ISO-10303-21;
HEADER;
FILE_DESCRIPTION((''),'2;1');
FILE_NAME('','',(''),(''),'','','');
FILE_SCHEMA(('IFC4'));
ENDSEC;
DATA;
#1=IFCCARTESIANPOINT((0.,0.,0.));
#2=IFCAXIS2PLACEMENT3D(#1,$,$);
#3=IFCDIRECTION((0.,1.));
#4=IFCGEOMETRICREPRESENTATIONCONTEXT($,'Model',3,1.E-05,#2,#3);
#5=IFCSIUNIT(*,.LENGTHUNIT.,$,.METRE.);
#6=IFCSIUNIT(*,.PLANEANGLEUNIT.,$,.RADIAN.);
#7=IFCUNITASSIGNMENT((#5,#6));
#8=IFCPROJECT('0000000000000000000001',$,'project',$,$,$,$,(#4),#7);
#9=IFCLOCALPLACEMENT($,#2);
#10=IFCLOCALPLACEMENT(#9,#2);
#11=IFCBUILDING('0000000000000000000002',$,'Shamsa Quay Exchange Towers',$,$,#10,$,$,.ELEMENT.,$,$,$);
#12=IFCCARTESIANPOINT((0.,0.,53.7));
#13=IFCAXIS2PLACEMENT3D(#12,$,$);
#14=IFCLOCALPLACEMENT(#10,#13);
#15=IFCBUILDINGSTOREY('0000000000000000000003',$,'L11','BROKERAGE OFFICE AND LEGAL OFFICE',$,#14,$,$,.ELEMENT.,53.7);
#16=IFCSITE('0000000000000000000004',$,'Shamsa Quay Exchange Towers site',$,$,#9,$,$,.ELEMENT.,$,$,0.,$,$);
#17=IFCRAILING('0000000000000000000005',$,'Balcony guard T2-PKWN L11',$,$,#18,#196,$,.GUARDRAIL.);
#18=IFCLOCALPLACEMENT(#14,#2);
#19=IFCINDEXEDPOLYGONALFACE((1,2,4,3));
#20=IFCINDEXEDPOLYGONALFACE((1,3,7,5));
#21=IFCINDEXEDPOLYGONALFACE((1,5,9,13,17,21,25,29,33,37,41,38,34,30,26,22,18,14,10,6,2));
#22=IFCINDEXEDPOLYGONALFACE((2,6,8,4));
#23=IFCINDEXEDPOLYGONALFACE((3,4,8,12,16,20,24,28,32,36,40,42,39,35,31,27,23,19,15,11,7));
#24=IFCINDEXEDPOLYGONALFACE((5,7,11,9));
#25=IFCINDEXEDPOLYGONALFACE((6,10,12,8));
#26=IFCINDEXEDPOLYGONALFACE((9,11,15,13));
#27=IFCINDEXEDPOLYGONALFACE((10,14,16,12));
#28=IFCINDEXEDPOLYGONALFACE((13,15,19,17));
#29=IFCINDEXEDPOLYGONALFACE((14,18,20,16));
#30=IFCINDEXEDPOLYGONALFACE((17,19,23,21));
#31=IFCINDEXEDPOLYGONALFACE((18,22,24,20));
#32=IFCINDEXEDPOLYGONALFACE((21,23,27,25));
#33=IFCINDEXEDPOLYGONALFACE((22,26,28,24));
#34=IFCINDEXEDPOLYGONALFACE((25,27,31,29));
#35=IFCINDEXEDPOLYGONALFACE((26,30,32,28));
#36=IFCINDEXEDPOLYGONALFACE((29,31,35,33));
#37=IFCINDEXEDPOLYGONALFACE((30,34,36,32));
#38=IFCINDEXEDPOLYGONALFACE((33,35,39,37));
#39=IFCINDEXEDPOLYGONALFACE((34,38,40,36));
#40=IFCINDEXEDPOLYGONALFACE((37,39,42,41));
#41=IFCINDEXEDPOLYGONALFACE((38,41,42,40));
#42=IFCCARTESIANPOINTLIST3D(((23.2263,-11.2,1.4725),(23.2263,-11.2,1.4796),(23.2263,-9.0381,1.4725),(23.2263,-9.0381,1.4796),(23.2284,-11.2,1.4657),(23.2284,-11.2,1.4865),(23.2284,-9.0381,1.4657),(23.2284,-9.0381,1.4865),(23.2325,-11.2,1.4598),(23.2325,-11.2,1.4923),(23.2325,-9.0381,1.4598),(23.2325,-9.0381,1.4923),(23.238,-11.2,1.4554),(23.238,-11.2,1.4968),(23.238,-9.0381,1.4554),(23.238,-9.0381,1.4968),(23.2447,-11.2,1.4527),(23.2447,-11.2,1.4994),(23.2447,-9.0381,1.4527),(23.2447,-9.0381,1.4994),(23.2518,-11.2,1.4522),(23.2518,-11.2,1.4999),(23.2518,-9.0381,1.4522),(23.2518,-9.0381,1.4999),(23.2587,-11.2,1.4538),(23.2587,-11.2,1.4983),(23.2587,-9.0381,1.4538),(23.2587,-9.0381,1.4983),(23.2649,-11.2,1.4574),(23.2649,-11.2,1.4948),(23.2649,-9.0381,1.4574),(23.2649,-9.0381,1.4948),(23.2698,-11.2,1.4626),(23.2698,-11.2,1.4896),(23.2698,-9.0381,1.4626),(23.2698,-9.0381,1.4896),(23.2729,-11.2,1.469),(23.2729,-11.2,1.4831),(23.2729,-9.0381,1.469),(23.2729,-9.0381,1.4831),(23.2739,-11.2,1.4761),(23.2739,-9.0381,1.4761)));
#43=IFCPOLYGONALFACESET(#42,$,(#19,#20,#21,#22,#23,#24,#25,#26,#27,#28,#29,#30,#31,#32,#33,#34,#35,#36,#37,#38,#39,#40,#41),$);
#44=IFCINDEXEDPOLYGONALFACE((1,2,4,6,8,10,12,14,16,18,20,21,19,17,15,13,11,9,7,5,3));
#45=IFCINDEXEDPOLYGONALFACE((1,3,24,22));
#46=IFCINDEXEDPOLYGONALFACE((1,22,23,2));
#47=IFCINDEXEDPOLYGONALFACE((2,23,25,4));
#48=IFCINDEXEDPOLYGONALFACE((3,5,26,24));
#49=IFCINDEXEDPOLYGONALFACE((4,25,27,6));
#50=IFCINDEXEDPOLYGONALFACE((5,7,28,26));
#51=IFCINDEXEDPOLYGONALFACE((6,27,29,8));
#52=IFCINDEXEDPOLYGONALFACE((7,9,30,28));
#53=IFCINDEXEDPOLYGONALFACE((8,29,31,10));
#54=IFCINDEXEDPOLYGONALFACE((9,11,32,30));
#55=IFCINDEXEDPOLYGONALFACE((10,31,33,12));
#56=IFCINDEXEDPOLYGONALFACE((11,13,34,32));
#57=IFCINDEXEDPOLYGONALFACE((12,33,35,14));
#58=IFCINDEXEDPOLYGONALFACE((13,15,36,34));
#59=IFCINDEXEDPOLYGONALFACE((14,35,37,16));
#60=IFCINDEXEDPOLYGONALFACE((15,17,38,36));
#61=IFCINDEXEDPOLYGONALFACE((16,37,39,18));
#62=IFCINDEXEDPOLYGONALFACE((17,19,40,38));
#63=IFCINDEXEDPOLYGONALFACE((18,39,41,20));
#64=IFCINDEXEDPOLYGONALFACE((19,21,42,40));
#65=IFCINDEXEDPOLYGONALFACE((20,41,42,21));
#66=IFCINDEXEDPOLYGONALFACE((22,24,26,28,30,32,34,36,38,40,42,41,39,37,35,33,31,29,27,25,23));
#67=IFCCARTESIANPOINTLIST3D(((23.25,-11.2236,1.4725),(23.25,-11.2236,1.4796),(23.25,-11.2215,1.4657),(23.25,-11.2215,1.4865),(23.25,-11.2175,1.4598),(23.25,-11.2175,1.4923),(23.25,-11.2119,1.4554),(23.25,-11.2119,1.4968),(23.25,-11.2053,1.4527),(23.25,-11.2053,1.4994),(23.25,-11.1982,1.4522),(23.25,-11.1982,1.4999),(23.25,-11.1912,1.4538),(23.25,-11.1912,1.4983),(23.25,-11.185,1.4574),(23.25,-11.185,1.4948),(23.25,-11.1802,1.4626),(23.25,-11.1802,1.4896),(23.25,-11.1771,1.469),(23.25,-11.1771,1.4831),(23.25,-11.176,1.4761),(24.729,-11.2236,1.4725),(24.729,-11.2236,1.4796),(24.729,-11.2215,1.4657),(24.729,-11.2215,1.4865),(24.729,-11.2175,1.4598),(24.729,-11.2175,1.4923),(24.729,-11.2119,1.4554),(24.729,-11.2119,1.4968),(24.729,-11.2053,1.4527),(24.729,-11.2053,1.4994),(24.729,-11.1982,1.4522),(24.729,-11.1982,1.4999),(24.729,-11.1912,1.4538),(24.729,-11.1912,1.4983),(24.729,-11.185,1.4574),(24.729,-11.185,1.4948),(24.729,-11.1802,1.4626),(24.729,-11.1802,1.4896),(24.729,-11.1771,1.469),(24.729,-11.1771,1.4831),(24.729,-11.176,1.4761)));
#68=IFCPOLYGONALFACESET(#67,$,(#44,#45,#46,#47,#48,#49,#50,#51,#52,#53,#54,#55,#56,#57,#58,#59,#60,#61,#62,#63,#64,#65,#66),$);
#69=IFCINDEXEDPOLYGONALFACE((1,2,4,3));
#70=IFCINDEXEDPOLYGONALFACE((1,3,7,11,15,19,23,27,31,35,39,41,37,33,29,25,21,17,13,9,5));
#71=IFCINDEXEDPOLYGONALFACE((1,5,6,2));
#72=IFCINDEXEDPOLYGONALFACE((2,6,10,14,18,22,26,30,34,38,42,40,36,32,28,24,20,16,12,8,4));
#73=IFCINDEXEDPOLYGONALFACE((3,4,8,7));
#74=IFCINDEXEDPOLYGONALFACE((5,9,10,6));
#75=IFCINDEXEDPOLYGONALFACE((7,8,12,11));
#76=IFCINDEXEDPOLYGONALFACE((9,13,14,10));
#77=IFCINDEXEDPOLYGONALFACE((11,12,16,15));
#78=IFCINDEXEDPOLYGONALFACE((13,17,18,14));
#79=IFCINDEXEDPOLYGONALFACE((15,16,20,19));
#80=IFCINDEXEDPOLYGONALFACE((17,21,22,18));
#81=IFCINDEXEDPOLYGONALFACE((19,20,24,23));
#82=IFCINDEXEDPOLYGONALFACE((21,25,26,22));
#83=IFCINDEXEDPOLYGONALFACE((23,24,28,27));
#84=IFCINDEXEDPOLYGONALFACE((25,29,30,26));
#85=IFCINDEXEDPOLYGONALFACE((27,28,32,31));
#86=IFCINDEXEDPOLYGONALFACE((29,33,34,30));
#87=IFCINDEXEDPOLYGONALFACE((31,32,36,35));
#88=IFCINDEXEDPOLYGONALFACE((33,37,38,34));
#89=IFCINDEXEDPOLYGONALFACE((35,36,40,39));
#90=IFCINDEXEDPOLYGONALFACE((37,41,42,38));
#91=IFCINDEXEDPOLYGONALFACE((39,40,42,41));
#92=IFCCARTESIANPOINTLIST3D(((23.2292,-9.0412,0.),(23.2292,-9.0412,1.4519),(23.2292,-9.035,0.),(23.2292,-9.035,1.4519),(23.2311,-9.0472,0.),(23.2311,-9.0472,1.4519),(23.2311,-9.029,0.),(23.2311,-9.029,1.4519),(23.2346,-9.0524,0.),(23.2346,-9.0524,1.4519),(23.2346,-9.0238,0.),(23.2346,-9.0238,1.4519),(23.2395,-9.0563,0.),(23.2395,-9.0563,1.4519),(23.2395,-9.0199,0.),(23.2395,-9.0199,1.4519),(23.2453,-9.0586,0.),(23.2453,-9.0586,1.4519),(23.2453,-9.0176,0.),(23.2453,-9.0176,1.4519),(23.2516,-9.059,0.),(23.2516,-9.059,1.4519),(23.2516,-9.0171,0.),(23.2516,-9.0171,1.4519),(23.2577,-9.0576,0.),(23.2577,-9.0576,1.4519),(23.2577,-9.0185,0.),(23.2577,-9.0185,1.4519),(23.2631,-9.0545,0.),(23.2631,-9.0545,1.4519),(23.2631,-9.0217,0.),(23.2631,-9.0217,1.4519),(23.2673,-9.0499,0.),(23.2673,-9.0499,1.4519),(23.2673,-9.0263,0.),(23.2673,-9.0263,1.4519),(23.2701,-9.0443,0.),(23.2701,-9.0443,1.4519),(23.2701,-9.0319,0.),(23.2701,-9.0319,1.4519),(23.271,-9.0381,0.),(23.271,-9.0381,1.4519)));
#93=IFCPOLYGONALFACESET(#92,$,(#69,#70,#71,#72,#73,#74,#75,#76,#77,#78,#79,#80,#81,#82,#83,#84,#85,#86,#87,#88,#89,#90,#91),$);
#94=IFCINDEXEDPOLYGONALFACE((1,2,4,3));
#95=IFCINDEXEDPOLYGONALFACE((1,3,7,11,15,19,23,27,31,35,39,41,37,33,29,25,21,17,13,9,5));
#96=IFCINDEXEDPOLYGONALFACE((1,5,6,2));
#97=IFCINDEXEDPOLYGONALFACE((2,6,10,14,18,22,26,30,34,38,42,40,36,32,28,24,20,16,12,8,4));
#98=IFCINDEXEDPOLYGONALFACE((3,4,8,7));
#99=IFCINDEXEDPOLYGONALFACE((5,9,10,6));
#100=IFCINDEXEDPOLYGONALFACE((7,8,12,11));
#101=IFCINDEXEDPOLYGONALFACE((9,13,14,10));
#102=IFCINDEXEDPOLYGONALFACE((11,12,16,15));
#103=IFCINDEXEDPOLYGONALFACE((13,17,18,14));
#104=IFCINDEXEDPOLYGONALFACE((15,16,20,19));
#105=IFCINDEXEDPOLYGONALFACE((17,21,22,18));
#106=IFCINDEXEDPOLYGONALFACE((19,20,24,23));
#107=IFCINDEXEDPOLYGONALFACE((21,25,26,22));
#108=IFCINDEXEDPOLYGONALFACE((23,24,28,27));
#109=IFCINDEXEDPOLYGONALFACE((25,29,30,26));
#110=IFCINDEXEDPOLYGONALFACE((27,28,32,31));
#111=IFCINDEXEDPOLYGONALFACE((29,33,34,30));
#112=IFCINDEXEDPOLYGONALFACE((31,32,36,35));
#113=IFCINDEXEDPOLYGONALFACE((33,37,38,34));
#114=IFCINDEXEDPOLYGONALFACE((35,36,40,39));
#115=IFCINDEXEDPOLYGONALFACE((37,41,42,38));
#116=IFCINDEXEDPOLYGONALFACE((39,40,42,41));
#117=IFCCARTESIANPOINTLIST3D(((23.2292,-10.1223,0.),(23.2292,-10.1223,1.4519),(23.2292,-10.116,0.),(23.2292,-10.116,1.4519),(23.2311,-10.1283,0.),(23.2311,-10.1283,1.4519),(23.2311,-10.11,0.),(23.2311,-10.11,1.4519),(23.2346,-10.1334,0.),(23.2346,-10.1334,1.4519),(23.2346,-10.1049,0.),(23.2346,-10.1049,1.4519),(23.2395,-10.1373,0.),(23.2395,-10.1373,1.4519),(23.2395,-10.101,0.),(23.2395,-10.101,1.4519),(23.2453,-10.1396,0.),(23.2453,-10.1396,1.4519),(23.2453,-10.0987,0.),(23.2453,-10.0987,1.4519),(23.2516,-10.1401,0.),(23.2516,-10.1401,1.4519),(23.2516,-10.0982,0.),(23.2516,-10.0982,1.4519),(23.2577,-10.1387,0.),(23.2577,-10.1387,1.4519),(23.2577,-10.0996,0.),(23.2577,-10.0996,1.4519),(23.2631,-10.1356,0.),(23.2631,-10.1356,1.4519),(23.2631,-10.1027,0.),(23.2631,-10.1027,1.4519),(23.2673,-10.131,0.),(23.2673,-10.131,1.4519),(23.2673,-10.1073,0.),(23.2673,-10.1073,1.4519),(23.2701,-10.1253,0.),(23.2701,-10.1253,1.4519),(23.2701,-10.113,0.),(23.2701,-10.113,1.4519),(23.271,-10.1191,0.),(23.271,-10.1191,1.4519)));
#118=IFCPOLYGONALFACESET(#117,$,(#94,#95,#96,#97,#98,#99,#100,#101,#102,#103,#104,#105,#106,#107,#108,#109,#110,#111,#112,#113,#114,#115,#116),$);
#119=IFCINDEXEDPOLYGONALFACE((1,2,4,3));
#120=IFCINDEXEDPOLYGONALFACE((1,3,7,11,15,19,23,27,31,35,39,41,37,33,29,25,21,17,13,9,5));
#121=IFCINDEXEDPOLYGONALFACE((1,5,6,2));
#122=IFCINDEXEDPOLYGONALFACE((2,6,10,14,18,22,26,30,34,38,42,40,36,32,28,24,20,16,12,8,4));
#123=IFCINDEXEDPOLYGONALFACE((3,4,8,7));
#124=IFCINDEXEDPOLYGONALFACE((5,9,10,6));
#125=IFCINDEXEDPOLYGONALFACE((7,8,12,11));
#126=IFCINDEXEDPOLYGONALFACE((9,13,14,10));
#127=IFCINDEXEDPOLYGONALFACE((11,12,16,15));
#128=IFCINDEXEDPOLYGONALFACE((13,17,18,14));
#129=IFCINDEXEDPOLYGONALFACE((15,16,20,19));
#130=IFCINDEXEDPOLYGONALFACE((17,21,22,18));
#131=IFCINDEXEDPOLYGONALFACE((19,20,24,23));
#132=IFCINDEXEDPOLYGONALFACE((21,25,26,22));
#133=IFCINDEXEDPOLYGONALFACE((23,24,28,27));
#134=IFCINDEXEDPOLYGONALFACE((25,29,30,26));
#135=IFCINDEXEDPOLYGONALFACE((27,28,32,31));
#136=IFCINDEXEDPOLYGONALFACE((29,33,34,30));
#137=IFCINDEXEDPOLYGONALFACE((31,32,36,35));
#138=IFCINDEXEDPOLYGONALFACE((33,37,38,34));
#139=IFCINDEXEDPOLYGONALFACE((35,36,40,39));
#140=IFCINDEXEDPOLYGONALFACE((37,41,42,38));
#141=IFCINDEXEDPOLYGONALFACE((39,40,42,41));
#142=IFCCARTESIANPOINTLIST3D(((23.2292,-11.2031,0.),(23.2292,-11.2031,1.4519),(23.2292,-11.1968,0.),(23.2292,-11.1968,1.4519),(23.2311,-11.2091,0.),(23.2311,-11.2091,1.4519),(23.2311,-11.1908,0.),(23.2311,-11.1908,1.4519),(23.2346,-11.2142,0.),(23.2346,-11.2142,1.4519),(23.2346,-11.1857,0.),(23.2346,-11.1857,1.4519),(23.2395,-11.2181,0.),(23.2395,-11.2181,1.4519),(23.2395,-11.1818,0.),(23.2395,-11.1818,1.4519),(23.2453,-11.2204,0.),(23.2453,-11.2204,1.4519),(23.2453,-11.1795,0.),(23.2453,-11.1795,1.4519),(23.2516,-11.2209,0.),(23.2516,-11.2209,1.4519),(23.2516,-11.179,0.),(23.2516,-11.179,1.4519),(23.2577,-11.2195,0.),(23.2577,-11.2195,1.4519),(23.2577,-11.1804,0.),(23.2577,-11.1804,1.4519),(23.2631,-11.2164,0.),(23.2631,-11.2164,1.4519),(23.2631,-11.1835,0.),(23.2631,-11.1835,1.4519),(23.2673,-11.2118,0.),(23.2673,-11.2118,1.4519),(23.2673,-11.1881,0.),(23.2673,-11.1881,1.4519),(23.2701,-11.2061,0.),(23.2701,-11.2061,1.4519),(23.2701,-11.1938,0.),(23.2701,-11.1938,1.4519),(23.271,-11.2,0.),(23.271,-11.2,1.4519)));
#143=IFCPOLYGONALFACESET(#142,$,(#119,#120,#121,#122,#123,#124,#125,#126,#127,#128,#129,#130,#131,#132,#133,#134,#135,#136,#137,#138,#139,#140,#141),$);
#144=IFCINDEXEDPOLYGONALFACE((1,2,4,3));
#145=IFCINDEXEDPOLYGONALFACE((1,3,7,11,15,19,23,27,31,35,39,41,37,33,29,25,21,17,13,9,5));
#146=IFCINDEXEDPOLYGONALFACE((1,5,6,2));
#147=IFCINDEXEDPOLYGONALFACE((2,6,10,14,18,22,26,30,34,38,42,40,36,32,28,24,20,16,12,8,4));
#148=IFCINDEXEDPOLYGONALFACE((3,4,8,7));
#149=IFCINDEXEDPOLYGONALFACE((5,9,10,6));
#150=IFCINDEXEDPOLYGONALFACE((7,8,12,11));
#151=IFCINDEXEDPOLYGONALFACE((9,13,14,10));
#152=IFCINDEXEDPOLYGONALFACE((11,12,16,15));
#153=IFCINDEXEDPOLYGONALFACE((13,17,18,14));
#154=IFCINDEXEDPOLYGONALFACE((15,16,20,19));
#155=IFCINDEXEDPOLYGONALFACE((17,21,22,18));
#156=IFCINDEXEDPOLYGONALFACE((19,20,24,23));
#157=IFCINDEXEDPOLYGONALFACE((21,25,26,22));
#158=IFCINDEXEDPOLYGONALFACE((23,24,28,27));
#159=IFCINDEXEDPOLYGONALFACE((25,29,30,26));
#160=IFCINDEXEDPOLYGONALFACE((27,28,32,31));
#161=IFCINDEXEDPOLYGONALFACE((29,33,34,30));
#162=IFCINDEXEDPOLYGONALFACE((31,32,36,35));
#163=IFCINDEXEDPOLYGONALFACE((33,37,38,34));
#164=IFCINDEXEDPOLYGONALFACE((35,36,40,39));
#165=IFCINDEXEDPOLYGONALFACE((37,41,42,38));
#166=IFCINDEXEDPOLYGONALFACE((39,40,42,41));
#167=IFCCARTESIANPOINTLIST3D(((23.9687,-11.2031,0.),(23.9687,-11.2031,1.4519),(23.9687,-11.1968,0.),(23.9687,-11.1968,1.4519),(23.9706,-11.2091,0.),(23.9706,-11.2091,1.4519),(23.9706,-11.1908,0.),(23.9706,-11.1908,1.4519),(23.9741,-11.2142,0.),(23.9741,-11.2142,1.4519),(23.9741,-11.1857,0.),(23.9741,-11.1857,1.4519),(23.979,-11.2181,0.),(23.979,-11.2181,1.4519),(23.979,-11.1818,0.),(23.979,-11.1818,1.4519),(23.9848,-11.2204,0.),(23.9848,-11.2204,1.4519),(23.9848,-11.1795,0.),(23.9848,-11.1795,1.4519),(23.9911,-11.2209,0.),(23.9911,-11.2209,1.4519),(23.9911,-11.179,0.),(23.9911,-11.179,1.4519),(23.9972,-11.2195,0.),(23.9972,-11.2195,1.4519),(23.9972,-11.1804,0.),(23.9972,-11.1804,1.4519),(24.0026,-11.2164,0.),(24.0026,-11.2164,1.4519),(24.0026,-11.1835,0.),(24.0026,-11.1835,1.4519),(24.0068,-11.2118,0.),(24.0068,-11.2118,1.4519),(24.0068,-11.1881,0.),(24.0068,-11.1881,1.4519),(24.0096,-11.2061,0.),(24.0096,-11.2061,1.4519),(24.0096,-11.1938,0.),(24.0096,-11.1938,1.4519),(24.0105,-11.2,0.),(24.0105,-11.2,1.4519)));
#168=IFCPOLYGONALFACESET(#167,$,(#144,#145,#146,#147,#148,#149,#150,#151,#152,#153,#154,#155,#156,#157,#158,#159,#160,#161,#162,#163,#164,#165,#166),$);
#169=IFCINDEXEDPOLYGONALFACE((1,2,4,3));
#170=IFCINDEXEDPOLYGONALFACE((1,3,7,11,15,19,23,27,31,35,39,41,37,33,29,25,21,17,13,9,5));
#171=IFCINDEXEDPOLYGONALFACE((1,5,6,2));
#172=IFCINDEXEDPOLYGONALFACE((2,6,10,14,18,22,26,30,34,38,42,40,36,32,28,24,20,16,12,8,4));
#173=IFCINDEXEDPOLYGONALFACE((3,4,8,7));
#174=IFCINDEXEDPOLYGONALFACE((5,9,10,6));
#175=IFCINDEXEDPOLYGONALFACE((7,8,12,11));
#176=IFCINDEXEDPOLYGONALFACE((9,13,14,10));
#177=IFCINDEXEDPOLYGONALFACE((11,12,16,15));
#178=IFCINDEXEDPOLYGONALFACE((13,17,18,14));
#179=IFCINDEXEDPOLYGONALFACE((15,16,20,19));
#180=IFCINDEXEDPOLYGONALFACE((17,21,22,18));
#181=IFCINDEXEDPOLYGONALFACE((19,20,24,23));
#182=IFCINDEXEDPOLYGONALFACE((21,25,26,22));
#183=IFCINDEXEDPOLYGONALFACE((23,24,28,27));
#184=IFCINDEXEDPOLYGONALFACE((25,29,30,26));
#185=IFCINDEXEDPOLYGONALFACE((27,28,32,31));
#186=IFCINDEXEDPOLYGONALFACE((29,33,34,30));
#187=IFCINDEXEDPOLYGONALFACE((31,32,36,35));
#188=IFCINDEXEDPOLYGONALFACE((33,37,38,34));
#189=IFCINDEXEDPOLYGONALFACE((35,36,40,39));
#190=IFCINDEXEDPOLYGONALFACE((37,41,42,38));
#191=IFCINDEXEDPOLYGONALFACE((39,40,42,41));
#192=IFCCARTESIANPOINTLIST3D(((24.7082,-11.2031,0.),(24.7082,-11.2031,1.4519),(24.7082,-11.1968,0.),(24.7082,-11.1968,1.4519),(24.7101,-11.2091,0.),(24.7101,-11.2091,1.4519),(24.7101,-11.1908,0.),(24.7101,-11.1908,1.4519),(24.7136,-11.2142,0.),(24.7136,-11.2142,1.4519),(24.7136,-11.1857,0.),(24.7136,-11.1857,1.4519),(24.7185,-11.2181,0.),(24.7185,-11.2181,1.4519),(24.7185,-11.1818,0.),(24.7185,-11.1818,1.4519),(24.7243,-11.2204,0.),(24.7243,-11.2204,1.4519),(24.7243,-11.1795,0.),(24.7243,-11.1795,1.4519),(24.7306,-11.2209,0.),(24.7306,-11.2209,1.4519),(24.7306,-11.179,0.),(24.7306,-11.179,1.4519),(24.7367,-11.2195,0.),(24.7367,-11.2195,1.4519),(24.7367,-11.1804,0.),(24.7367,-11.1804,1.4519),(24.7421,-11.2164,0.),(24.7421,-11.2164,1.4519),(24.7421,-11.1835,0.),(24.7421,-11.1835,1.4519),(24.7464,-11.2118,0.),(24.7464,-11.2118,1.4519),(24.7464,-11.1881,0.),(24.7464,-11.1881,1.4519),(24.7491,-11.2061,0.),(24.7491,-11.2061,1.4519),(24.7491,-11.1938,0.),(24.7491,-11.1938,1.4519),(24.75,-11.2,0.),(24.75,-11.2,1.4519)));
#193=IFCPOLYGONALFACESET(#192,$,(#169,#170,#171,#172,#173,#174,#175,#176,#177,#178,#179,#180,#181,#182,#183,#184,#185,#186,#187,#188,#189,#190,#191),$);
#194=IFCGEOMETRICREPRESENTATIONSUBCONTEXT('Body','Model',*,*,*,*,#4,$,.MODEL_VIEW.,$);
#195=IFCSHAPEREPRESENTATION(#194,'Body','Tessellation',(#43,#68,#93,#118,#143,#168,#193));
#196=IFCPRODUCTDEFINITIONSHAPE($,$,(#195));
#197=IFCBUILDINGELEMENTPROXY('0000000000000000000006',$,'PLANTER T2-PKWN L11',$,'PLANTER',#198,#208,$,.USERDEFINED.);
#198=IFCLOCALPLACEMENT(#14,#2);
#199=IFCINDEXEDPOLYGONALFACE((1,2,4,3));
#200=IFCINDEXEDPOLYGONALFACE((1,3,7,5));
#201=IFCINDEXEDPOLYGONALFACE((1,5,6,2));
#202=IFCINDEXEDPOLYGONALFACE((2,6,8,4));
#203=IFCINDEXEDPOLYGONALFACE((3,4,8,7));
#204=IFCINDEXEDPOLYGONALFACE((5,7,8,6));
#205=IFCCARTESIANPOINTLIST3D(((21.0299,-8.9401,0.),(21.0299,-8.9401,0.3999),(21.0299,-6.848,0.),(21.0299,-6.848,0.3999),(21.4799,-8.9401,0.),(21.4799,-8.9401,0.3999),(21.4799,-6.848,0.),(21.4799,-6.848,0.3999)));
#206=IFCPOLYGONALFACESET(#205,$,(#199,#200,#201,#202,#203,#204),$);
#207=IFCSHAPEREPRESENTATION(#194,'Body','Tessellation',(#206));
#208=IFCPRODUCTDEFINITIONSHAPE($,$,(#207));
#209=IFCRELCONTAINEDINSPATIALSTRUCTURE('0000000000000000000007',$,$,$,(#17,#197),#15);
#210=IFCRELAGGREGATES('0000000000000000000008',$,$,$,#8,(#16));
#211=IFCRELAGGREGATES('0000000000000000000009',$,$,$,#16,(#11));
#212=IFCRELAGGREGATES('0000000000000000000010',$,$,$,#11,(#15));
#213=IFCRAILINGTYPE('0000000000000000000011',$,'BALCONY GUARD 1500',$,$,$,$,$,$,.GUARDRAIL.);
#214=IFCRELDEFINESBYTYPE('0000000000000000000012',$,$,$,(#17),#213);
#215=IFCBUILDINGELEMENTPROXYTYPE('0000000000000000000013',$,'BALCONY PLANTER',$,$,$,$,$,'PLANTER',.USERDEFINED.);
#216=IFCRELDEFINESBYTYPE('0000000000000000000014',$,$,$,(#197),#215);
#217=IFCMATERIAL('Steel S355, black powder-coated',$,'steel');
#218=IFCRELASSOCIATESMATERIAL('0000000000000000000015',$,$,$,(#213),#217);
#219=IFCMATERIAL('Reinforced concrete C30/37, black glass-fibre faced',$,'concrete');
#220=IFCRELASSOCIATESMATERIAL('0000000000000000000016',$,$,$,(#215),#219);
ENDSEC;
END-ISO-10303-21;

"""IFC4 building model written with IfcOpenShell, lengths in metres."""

from ifc_helpers import new_model, si_unit, direction, frame, origin, origin_2d, place, context, subcontext, project, spatial, rectangle, circle, extrude, material, type_object, element, save


model = new_model("IFC4")

# Units and contexts
model_context = context("Model", 3, precision=1e-05, world=origin(), true_north=direction((0.0, 1.0)))
body_context = subcontext(model_context, "Body", "Model", "MODEL_VIEW")
ifc_project = project(units=[si_unit("LENGTHUNIT", "METRE"), si_unit("PLANEANGLEUNIT", "RADIAN")], contexts=[model_context])

# Site, building, storey
site_placement = place(None, origin())
site = spatial("IfcSite", under=ifc_project, at=site_placement, Name="Shamsa Quay Exchange Towers site", CompositionType="ELEMENT", RefElevation=0.0)
building_placement = place(site_placement, origin())
building = spatial("IfcBuilding", under=site, at=building_placement, Name="Shamsa Quay Exchange Towers", CompositionType="ELEMENT")
storey_placement = place(building_placement, frame((0.0, 0.0, 53.7)))
storey = spatial("IfcBuildingStorey", under=building, at=storey_placement, Name="L11", Description="BROKERAGE OFFICE AND LEGAL OFFICE", CompositionType="ELEMENT", Elevation=53.7)

# Railing
ifc_material_1 = material(Name="Steel S355, black powder-coated", Category="steel")
railing_type_1 = type_object("IfcRailingType", Name="BALCONY GUARD 1500", PredefinedType="GUARDRAIL", material=ifc_material_1)
for number, where, name in (
    (1, (23.25, -9.0381, 0.0), "Balcony guard T2-PKWN L11"),
):
    element("IfcRailing", number, at=place(storey_placement, frame(where)), inside=storey, type_object=railing_type_1, Name=name, PredefinedType="GUARDRAIL", context=body_context, shape_type="SweptSolid", body=[
        extrude(circle(Radius=0.0239, at=origin_2d()), frame((0.0, 0.0, 1.4761), z_axis=(0.0, -1.0, 0.0), x_axis=(1.0, 0.0, 0.0)), (0.0, 0.0, 1.0), 2.1619),
        extrude(circle(Radius=0.0239, at=origin_2d()), frame((0.0, -2.1619, 1.4761), z_axis=(1.0, 0.0, 0.0), x_axis=(0.0, 1.0, 0.0)), (0.0, 0.0, 1.0), 1.479),
        extrude(circle(Radius=0.021, at=origin_2d()), origin(), (0.0, 0.0, 1.0), 1.4519),
        extrude(circle(Radius=0.021, at=origin_2d()), frame((0.0, -1.0811, 0.0)), (0.0, 0.0, 1.0), 1.4519),
        extrude(circle(Radius=0.021, at=origin_2d()), frame((0.0, -2.1619, 0.0)), (0.0, 0.0, 1.0), 1.4519),
        extrude(circle(Radius=0.021, at=origin_2d()), frame((0.7395, -2.1619, 0.0)), (0.0, 0.0, 1.0), 1.4519),
        extrude(circle(Radius=0.021, at=origin_2d()), frame((1.479, -2.1619, 0.0)), (0.0, 0.0, 1.0), 1.4519),
    ])

# Building element proxy
ifc_material_2 = material(Name="Reinforced concrete C30/37, black glass-fibre faced", Category="concrete")
building_element_proxy_type = type_object("IfcBuildingElementProxyType", Name="BALCONY PLANTER", ElementType="PLANTER", PredefinedType="USERDEFINED", material=ifc_material_2)
for number, where, z_axis, x_axis, name in (
    (2, (21.2549, -7.894, 0.0), (0.0, 0.0, 1.0), (0.0, -1.0, 0.0), "PLANTER T2-PKWN L11"),
):
    element("IfcBuildingElementProxy", number, at=place(storey_placement, frame(where, z_axis=z_axis, x_axis=x_axis)), inside=storey, type_object=building_element_proxy_type, Name=name, ObjectType="PLANTER", PredefinedType="USERDEFINED", context=body_context, shape_type="SweptSolid", body=[
        extrude(rectangle(XDim=2.092, YDim=0.45, at=origin_2d()), origin(), (0.0, 0.0, 1.0), 0.3999),
    ])

save(model, "model.ifc")
